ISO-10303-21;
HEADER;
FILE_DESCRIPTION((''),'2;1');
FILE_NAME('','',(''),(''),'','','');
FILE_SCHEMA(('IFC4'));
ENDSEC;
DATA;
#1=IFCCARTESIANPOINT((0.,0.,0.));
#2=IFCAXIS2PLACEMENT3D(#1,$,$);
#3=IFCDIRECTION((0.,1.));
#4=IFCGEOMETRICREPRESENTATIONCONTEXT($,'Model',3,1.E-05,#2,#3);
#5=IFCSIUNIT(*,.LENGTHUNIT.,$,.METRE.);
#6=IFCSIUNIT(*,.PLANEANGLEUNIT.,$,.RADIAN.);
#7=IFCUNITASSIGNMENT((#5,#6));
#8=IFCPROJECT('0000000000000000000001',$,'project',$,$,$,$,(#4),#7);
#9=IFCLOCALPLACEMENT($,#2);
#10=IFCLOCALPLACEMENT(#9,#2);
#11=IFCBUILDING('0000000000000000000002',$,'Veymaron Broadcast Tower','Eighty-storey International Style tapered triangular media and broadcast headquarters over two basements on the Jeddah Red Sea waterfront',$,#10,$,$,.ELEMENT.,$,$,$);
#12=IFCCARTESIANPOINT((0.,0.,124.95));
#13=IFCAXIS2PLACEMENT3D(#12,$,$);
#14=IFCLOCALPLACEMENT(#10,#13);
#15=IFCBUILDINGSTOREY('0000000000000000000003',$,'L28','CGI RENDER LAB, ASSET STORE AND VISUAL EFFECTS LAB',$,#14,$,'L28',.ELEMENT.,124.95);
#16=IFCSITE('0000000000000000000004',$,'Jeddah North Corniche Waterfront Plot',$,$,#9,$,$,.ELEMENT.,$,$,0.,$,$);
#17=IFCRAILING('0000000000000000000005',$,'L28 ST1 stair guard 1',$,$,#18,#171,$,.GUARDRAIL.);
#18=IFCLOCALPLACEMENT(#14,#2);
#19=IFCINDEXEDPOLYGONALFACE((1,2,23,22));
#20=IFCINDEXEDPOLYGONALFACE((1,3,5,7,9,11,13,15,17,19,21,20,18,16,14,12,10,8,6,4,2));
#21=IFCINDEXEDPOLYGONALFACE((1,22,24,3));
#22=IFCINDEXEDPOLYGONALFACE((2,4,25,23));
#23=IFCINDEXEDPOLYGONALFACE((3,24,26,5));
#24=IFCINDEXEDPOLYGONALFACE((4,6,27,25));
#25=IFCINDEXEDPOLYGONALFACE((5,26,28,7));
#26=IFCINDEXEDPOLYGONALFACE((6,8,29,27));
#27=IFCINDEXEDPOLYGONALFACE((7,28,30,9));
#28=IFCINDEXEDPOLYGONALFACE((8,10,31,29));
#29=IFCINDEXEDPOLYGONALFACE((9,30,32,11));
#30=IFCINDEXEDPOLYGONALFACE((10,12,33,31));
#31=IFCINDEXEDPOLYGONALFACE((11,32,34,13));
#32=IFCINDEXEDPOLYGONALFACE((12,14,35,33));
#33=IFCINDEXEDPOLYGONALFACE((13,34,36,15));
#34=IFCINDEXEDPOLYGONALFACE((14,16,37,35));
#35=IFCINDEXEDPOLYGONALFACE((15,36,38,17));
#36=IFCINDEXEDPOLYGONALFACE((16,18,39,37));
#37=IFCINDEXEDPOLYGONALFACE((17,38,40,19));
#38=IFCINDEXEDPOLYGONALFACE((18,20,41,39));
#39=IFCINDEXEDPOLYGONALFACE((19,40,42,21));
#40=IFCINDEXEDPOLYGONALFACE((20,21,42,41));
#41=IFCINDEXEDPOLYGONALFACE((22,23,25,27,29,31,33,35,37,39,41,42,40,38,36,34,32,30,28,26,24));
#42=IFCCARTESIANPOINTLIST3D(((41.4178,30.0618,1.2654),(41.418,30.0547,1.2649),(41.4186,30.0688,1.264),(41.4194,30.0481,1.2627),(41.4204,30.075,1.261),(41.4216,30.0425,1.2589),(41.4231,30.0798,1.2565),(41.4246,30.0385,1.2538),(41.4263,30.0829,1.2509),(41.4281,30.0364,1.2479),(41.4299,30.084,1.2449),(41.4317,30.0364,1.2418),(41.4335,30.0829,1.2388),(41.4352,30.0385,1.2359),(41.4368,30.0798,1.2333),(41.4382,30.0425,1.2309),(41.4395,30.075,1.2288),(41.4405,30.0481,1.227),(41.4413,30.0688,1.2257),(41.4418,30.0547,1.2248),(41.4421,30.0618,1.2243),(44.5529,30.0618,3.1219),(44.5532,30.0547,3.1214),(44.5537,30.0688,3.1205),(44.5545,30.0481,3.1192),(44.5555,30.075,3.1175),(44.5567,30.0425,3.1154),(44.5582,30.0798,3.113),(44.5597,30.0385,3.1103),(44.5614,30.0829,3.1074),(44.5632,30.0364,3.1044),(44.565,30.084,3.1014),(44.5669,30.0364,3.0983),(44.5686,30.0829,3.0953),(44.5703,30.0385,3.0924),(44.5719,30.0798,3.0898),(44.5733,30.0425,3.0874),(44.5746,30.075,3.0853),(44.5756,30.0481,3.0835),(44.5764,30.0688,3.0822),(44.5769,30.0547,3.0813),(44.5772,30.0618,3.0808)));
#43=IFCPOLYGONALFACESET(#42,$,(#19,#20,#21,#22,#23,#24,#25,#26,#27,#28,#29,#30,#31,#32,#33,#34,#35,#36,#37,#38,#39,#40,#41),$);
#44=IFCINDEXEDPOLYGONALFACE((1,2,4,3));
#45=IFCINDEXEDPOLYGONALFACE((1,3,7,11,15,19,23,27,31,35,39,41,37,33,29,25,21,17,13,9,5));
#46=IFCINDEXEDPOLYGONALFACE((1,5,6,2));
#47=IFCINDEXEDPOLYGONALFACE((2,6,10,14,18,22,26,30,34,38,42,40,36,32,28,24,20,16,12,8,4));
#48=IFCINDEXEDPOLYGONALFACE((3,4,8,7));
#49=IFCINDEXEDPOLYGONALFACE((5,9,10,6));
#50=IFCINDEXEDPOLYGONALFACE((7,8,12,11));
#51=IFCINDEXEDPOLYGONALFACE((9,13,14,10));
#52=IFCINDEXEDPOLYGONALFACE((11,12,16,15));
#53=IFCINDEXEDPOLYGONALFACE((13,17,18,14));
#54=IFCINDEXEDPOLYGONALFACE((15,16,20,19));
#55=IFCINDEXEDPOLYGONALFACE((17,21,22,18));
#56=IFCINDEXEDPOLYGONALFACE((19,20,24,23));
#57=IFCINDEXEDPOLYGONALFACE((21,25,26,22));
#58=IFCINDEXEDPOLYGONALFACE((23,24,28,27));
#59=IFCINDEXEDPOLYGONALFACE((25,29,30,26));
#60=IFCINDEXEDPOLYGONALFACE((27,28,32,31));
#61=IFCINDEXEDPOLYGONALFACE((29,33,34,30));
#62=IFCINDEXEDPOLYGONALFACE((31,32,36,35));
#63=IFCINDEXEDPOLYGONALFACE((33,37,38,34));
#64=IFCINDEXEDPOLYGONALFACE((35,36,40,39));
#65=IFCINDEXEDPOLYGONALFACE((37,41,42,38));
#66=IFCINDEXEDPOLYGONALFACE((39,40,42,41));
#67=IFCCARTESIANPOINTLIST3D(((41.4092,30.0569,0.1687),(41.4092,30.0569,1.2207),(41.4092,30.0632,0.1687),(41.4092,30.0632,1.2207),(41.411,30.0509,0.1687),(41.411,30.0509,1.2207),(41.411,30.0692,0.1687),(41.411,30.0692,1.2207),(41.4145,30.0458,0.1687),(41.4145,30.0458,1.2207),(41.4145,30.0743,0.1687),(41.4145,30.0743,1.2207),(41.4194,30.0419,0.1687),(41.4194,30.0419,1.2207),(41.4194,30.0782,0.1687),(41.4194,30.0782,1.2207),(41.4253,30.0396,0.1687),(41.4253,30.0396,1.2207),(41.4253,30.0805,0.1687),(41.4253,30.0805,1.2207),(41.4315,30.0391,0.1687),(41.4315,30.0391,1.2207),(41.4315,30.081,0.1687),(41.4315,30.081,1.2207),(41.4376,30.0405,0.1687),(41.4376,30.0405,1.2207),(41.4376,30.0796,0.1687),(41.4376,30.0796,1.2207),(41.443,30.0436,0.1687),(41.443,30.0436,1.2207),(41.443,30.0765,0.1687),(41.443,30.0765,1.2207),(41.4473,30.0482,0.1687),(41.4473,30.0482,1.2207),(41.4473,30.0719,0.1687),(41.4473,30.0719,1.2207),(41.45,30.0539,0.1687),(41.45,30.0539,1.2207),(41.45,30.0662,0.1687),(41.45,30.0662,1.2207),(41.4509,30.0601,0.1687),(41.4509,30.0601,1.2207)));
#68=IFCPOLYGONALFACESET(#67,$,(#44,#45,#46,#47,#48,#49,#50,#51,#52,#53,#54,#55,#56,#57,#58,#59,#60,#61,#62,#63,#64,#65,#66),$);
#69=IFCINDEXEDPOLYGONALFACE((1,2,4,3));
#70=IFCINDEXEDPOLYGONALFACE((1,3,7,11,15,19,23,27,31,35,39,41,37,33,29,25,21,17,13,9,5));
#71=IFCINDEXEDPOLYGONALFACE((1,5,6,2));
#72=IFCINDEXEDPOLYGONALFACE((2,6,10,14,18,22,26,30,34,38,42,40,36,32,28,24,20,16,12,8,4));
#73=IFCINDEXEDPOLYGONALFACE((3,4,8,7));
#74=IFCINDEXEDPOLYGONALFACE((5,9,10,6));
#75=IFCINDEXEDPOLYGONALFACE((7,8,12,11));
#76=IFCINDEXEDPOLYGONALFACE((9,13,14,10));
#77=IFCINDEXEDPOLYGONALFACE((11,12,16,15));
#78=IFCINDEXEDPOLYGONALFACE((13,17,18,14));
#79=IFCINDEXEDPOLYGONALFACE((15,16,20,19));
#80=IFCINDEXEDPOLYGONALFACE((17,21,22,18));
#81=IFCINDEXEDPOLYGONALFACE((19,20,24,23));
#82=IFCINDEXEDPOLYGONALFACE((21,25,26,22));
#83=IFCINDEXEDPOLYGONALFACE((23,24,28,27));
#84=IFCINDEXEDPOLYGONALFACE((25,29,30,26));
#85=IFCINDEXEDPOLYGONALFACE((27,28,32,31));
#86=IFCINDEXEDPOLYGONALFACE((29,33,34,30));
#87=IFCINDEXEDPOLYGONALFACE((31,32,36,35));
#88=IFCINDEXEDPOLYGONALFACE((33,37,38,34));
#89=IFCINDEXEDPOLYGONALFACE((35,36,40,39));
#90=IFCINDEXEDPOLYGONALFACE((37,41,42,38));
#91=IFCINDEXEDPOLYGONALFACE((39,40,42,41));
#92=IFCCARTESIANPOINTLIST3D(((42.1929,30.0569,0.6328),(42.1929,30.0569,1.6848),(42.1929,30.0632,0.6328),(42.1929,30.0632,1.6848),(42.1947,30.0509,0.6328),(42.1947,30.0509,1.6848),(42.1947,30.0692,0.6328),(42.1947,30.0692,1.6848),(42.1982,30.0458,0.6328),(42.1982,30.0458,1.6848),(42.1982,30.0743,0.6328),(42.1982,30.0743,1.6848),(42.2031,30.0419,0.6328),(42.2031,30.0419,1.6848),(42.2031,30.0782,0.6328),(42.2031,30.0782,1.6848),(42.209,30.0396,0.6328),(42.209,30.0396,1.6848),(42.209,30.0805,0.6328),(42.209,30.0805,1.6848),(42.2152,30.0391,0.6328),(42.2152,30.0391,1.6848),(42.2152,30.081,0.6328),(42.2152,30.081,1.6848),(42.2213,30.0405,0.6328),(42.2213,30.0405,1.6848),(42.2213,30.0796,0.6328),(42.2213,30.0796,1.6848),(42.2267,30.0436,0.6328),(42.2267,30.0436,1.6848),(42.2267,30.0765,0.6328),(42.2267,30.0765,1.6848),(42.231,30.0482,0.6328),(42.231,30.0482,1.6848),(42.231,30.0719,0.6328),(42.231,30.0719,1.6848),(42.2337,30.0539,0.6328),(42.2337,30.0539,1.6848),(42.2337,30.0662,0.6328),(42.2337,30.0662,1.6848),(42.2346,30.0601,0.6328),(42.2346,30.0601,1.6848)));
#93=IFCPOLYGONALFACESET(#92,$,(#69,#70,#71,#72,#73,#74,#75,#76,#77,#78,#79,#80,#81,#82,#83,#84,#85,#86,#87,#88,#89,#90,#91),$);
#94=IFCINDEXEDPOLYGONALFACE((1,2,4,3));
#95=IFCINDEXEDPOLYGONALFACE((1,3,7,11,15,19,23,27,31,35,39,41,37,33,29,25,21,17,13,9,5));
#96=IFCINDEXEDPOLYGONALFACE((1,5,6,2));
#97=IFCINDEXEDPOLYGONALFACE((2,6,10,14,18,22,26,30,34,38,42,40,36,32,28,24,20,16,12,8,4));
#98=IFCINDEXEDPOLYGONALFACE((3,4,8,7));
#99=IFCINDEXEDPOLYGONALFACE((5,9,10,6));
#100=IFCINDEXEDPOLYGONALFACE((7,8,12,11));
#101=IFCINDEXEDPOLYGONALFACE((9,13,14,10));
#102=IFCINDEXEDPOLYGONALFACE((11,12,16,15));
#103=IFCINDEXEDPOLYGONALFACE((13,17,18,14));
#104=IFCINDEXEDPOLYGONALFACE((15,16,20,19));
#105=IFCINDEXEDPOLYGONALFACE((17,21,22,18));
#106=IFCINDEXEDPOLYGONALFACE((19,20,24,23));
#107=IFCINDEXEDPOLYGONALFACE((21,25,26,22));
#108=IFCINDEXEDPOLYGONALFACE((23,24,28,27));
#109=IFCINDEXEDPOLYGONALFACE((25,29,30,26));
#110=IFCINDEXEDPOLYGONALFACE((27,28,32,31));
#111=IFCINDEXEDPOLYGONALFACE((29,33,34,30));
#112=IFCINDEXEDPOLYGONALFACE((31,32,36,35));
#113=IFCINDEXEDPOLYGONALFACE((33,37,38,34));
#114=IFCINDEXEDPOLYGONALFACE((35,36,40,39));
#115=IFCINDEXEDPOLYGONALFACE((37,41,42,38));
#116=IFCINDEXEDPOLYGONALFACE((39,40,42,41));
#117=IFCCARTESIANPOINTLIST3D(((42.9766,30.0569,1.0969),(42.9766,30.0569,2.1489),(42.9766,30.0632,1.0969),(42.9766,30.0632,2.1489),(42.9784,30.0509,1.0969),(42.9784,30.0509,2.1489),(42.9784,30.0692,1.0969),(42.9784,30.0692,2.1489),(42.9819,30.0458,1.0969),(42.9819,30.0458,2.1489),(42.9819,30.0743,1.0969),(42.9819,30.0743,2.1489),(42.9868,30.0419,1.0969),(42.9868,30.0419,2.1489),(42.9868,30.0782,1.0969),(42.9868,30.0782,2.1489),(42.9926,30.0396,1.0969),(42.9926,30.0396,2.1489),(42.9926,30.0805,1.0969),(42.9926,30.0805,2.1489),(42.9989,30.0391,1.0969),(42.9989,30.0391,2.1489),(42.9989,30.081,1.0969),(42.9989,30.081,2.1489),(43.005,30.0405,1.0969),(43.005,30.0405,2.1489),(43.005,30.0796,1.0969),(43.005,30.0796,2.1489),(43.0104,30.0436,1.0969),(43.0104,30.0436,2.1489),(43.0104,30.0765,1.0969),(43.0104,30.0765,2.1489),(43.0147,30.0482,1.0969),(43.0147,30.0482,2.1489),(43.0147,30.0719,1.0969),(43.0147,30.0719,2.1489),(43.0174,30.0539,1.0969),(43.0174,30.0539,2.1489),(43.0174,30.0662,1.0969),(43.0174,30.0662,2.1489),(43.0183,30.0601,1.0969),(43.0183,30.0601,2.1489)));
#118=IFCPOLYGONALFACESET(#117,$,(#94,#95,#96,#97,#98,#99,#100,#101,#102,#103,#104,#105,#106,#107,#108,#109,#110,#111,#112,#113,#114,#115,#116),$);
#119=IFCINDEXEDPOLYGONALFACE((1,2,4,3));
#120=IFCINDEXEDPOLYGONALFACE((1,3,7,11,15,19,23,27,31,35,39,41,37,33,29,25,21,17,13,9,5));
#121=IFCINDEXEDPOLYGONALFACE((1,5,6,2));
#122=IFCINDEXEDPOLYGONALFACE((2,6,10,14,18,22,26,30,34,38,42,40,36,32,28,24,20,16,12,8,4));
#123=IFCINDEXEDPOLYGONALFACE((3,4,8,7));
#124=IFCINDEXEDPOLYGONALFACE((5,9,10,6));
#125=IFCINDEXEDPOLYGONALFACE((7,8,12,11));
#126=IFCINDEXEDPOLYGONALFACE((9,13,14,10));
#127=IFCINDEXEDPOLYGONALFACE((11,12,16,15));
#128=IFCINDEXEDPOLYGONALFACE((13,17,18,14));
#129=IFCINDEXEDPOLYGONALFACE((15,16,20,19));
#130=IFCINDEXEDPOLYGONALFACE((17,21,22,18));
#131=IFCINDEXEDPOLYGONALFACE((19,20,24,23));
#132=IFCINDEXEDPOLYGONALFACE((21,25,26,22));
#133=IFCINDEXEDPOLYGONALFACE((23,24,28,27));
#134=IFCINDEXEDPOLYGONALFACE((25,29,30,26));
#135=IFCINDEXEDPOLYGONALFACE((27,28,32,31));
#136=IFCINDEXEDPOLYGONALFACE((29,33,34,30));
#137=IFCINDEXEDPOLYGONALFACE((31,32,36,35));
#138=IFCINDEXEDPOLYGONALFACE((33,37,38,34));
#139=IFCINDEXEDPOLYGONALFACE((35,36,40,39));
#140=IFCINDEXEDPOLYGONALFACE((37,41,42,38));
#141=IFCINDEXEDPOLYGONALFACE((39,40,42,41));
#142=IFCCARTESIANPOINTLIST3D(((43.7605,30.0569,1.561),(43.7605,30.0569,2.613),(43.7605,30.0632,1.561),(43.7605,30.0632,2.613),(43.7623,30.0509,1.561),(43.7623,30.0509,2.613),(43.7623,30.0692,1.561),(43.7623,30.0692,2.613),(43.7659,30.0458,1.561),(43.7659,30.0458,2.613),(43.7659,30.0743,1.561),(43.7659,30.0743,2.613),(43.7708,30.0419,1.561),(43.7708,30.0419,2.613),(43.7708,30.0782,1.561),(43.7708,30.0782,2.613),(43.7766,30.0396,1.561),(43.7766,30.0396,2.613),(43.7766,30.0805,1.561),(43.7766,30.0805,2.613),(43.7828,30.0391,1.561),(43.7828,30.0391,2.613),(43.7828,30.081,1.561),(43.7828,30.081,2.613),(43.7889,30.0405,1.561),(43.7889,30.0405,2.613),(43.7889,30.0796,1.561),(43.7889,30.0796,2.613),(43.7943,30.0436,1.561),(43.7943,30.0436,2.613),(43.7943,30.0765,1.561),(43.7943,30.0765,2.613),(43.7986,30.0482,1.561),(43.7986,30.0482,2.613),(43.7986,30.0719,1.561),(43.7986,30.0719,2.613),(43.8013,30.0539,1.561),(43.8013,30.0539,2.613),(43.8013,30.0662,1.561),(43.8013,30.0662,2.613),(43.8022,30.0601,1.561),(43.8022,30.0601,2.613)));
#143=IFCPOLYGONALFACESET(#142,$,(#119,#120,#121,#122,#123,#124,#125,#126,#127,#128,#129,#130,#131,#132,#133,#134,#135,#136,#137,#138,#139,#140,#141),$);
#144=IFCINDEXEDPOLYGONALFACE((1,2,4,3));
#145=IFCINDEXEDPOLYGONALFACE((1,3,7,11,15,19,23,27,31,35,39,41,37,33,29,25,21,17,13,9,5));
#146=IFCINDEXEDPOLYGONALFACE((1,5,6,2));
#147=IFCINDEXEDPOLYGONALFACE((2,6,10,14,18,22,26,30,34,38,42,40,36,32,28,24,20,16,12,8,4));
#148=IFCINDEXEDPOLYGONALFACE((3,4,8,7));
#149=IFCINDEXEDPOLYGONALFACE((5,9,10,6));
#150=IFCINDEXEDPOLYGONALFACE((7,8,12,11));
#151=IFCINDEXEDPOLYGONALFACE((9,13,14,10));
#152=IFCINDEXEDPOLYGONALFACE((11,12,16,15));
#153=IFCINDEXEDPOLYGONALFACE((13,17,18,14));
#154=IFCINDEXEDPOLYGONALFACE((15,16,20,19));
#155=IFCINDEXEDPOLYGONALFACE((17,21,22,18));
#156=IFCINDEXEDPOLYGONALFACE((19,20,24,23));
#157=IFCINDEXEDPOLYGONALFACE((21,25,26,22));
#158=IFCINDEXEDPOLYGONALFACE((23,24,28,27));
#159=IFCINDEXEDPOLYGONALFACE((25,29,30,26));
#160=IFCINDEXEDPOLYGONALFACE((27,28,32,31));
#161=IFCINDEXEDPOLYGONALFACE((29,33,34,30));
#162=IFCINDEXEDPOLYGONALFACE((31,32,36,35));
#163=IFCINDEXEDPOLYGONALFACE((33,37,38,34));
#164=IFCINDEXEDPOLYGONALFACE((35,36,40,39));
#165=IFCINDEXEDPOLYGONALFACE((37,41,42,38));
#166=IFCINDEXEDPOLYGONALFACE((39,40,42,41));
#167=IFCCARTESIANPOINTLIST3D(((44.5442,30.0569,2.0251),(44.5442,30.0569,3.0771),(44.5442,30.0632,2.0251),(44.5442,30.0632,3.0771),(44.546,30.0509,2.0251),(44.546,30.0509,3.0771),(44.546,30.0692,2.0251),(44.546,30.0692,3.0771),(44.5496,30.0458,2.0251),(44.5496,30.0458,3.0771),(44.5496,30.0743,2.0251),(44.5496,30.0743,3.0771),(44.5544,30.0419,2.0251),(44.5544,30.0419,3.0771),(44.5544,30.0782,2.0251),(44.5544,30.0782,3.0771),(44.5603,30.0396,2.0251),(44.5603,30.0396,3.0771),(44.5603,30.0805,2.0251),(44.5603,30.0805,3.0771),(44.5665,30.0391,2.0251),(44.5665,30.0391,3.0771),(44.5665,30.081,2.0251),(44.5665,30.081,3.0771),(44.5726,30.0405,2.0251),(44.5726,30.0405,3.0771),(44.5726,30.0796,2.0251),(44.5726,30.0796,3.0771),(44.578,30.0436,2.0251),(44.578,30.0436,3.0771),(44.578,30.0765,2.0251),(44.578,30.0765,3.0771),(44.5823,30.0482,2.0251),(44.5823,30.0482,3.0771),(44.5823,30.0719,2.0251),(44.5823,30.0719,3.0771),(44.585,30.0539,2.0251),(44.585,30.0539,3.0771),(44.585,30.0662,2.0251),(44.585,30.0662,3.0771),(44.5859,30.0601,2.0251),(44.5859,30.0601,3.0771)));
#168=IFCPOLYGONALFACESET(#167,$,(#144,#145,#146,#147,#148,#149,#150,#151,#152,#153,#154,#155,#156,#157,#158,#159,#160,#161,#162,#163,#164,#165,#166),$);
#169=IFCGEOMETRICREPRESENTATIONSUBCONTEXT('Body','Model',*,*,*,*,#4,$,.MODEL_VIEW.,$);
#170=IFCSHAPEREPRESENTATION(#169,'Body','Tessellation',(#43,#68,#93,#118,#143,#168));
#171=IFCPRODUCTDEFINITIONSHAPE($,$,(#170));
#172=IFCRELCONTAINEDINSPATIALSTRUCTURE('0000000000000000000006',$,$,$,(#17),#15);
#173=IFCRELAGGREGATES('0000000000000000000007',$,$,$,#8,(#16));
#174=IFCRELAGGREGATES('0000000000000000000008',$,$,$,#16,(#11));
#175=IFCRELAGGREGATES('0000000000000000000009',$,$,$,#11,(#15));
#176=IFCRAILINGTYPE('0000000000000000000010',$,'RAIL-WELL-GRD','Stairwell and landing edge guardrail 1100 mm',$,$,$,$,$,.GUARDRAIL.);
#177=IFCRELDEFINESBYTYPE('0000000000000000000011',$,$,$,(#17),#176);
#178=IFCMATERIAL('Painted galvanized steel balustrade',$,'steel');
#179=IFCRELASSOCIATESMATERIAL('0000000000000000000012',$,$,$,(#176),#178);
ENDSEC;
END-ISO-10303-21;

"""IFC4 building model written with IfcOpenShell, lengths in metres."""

from ifc_helpers import new_model, si_unit, direction, frame, origin, origin_2d, place, context, subcontext, project, spatial, circle, extrude, material, type_object, element, save


model = new_model("IFC4")

# Units and contexts
model_context = context("Model", 3, precision=1e-05, world=origin(), true_north=direction((0.0, 1.0)))
body_context = subcontext(model_context, "Body", "Model", "MODEL_VIEW")
ifc_project = project(units=[si_unit("LENGTHUNIT", "METRE"), si_unit("PLANEANGLEUNIT", "RADIAN")], contexts=[model_context])

# Site, building, storey
site_placement = place(None, origin())
site = spatial("IfcSite", under=ifc_project, at=site_placement, Name="Jeddah North Corniche Waterfront Plot", CompositionType="ELEMENT", RefElevation=0.0)
building_placement = place(site_placement, origin())
building = spatial("IfcBuilding", under=site, at=building_placement, Name="Veymaron Broadcast Tower", Description="Eighty-storey International Style tapered triangular media and broadcast headquarters over two basements on the Jeddah Red Sea waterfront", CompositionType="ELEMENT")
storey_placement = place(building_placement, frame((0.0, 0.0, 124.95)))
storey = spatial("IfcBuildingStorey", under=building, at=storey_placement, Name="L28", Description="CGI RENDER LAB, ASSET STORE AND VISUAL EFFECTS LAB", LongName="L28", CompositionType="ELEMENT", Elevation=124.95)

# Railing
ifc_material_1 = material(Name="Painted galvanized steel balustrade", Category="steel")
railing_type_1 = type_object("IfcRailingType", Name="RAIL-WELL-GRD", Description="Stairwell and landing edge guardrail 1100 mm", PredefinedType="GUARDRAIL", material=ifc_material_1)
railing_1_placement = place(storey_placement, frame((41.4299, 30.0601, 0.1687)))
element("IfcRailing", 1, at=railing_1_placement, inside=storey, type_object=railing_type_1, Name="L28 ST1 stair guard 1", PredefinedType="GUARDRAIL", context=body_context, shape_type="SweptSolid", body=[
    extrude(circle(Radius=0.0239, at=origin_2d()), frame((0.0, 0.0, 1.0762), z_axis=(0.860453, 0.0, 0.509531), x_axis=(0.0, 1.0, 0.0)), (0.0, 0.0, 1.0), 3.6436),
    extrude(circle(Radius=0.021, at=origin_2d()), origin(), (0.0, 0.0, 1.0), 1.052),
    extrude(circle(Radius=0.021, at=origin_2d()), frame((0.7837, 0.0, 0.4641)), (0.0, 0.0, 1.0), 1.052),
    extrude(circle(Radius=0.021, at=origin_2d()), frame((1.5674, 0.0, 0.9282)), (0.0, 0.0, 1.0), 1.052),
    extrude(circle(Radius=0.021, at=origin_2d()), frame((2.3513, 0.0, 1.3923)), (0.0, 0.0, 1.0), 1.052),
    extrude(circle(Radius=0.021, at=origin_2d()), frame((3.135, 0.0, 1.8564)), (0.0, 0.0, 1.0), 1.052),
])

save(model, "model.ifc")
